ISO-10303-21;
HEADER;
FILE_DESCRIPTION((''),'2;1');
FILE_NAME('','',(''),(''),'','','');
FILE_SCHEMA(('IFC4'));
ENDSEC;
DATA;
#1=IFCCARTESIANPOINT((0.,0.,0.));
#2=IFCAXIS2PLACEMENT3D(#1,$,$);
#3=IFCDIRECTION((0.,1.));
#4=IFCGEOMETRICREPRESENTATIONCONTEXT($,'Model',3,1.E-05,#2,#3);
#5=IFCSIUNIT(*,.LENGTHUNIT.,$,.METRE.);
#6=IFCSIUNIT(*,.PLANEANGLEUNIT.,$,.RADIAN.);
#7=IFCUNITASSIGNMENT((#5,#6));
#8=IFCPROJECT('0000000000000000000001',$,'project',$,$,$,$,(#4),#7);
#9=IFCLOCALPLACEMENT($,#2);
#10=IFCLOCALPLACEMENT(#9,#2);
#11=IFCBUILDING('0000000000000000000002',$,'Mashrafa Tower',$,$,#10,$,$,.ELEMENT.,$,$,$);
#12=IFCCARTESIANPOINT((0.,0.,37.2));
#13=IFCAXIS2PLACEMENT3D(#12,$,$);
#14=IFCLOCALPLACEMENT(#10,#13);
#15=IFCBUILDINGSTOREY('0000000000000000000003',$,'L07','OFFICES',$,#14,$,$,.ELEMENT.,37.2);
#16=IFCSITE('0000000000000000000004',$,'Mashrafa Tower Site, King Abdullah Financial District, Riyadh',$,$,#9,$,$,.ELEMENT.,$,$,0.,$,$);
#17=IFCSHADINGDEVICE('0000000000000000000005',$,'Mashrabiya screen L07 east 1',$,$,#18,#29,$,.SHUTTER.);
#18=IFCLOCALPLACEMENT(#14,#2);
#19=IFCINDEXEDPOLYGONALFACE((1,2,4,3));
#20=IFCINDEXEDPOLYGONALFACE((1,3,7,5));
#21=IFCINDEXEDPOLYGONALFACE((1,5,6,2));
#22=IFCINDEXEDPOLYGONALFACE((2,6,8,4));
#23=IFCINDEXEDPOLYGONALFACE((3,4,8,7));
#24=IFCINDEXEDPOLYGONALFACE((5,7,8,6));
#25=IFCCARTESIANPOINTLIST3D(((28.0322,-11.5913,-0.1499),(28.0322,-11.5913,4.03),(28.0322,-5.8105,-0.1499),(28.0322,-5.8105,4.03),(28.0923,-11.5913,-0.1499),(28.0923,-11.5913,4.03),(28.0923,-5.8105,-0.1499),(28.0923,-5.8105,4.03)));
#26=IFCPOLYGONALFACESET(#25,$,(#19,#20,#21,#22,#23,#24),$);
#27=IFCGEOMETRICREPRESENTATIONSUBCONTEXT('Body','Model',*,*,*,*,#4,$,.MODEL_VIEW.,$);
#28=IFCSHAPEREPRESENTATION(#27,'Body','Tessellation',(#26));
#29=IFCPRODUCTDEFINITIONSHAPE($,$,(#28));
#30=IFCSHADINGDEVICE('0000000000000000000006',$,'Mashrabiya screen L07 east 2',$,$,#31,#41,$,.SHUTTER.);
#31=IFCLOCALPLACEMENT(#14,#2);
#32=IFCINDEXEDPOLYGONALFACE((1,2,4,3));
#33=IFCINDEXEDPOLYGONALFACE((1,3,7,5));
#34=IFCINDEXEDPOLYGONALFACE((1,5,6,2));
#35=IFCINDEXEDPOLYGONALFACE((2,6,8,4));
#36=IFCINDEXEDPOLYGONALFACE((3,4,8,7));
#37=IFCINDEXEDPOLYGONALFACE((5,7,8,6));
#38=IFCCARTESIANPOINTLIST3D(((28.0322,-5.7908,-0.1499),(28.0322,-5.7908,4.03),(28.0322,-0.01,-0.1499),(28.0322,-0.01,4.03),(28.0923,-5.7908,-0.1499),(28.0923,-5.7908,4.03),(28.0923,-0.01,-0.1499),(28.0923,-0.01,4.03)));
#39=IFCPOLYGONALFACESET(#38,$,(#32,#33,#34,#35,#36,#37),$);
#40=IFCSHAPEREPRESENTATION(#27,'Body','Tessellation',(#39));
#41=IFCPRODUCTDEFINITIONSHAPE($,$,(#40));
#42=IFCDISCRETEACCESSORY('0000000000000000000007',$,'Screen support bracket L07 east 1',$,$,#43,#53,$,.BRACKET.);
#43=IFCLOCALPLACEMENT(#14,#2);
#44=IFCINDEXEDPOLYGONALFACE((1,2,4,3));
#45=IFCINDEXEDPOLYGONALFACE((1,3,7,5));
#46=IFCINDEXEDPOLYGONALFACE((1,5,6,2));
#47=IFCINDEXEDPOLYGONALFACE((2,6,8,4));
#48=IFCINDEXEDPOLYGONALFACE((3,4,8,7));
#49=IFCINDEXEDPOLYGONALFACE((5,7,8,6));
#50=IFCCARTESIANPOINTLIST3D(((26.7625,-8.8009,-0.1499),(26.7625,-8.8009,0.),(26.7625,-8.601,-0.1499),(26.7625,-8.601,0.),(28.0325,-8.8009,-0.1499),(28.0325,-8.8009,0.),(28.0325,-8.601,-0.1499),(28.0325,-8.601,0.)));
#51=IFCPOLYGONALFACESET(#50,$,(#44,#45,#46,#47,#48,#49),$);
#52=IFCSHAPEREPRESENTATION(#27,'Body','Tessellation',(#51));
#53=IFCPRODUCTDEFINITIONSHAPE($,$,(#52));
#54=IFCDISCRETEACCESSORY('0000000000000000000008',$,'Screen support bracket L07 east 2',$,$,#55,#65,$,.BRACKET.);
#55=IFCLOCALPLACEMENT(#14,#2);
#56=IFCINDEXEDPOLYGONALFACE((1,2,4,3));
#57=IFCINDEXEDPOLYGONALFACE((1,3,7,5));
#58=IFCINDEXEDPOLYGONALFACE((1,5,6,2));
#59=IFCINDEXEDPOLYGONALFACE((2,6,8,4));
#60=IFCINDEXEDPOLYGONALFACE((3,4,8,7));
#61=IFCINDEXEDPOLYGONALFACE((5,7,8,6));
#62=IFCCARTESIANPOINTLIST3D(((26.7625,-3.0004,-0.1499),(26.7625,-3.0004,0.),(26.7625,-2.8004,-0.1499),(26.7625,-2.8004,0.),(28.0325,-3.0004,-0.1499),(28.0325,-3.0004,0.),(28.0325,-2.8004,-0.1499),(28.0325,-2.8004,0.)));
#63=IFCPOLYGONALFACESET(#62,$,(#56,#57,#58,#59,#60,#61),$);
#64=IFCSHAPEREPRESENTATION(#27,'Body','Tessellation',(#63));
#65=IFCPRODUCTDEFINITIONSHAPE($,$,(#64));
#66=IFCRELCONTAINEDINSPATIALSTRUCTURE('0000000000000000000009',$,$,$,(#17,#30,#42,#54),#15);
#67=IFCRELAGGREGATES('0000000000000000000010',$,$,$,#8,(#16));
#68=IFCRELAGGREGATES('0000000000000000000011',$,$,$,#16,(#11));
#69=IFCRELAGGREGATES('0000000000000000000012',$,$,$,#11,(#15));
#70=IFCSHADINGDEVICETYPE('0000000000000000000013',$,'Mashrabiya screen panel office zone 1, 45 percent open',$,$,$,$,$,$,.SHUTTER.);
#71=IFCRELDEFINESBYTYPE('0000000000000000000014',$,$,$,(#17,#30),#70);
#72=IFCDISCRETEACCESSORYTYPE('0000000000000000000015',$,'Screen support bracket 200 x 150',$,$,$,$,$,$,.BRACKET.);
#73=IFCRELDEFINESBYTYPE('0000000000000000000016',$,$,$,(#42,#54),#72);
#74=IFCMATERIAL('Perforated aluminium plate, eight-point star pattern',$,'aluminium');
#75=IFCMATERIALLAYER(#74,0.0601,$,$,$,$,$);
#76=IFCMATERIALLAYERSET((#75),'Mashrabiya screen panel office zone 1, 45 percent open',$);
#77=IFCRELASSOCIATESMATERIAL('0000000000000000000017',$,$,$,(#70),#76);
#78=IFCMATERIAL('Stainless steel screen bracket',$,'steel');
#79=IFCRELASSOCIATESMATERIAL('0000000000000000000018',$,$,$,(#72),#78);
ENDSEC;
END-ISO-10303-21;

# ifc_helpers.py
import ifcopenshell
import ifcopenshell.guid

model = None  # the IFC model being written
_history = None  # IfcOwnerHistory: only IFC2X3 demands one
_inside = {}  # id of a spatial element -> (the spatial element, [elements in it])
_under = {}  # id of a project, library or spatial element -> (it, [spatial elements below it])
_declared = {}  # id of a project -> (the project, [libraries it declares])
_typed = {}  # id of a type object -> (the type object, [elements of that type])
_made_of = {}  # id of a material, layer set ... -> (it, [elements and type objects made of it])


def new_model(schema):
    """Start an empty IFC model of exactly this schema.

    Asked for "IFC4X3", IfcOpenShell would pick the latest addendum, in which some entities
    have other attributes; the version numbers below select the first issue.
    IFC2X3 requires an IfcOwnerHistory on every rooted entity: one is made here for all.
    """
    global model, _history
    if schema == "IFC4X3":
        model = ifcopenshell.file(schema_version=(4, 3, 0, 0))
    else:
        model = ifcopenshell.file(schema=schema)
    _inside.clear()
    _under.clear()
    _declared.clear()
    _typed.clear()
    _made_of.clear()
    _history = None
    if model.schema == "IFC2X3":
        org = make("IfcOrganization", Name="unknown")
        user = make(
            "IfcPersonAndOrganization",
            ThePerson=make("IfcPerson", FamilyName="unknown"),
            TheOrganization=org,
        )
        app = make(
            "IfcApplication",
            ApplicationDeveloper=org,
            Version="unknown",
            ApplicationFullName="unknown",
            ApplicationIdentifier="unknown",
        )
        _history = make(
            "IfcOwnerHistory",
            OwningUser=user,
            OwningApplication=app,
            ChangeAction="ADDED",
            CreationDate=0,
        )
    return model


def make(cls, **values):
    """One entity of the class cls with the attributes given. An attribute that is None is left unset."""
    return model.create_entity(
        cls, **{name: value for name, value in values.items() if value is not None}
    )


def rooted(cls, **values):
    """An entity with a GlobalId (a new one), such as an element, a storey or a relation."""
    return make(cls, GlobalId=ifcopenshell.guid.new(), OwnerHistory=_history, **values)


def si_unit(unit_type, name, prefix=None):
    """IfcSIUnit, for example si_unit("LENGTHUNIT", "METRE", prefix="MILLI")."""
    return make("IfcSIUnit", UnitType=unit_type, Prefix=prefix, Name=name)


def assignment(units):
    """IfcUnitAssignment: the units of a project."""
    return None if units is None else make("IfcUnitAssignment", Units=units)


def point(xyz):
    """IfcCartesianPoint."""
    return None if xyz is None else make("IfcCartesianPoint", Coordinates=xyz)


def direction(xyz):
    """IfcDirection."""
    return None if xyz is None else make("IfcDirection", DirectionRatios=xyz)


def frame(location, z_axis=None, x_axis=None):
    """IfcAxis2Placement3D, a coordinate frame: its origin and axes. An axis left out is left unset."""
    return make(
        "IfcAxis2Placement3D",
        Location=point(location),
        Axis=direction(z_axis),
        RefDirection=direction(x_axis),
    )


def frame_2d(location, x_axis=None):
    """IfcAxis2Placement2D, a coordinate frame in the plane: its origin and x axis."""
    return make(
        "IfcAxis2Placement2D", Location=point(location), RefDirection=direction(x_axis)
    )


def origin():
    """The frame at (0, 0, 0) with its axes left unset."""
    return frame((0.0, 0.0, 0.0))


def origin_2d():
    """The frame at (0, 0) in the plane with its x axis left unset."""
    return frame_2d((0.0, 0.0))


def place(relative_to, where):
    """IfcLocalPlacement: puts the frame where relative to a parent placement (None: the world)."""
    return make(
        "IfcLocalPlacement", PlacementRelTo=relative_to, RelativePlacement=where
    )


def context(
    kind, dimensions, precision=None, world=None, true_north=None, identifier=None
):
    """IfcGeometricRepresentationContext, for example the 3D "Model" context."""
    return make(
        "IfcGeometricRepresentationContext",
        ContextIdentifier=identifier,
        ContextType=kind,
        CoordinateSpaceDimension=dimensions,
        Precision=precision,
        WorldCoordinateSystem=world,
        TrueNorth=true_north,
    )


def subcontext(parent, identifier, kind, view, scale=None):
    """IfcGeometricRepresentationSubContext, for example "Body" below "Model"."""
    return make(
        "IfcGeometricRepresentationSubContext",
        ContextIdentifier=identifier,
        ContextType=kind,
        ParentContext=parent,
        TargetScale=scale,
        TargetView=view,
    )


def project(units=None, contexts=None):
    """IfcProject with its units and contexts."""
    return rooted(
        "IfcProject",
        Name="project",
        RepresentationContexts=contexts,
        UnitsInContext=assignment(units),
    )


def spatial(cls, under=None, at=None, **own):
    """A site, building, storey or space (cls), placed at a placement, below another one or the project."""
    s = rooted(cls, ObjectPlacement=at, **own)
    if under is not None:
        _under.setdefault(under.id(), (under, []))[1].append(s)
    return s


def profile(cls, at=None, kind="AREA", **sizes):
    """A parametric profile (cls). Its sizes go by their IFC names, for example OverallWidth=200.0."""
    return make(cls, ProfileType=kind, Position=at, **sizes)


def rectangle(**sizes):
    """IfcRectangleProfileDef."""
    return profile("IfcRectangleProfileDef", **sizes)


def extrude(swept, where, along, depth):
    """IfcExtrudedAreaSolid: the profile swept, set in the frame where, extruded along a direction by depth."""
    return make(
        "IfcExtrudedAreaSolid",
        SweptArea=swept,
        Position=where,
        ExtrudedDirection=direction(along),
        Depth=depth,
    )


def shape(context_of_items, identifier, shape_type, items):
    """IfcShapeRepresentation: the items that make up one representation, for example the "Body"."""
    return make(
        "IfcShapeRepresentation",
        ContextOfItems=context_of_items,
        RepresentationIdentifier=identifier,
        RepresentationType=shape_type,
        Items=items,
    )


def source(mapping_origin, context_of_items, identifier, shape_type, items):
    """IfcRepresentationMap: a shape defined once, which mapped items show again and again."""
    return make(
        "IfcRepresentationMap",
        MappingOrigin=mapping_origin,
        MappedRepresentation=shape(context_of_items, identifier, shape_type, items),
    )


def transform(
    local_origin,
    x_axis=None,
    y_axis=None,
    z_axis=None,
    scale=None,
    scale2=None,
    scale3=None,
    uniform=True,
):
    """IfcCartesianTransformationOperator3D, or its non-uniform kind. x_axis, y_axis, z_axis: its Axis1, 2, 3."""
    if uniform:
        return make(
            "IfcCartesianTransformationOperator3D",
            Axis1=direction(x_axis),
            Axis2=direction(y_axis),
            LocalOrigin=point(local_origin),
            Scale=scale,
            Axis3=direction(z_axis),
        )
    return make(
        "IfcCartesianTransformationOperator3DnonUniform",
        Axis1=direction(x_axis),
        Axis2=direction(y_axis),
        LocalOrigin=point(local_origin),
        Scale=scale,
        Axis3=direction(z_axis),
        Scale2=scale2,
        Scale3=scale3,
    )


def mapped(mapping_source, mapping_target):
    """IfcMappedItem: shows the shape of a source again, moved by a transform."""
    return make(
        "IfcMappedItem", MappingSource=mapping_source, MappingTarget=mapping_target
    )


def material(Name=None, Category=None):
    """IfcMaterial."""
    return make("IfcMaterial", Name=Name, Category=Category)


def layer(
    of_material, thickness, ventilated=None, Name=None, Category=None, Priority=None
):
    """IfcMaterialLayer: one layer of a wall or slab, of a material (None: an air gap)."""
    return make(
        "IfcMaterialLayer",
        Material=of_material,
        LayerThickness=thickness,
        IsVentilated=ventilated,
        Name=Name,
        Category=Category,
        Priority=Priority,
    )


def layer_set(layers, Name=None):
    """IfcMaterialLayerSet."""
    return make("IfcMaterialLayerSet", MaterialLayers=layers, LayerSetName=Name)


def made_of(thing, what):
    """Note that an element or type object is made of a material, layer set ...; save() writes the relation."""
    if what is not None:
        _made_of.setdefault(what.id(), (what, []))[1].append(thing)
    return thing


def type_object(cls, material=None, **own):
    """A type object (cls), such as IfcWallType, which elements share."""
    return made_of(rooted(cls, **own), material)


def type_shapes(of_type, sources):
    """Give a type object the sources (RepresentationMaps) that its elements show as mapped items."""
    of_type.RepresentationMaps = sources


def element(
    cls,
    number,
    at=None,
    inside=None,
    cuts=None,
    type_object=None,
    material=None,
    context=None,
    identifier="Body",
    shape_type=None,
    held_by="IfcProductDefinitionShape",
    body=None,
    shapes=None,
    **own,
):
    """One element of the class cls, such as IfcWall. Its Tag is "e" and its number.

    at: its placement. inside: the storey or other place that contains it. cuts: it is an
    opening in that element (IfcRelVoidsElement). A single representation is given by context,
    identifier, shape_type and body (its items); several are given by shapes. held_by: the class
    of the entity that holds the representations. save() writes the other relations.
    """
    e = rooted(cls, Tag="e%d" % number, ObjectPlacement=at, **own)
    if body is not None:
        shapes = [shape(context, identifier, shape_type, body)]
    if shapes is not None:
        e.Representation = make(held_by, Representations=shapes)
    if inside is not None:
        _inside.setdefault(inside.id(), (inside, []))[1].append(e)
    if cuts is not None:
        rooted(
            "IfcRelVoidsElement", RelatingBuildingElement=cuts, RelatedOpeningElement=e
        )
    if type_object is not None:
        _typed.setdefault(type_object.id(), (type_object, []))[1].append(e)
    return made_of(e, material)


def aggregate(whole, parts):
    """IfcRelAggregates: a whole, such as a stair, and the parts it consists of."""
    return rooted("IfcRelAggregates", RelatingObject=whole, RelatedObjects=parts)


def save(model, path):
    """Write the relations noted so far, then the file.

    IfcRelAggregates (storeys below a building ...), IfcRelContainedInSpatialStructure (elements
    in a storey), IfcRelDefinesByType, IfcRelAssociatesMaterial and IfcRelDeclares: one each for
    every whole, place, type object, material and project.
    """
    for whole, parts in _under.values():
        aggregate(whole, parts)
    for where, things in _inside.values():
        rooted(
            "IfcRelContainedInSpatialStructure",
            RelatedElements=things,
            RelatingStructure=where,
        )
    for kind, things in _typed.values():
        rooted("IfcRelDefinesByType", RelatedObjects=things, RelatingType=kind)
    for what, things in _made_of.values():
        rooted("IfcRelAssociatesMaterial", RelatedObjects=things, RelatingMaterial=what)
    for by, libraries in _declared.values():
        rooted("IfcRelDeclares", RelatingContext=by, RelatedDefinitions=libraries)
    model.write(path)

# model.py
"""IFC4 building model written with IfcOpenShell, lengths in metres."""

from ifc_helpers import new_model, si_unit, direction, frame, origin, origin_2d, place, context, subcontext, project, spatial, rectangle, extrude, source, transform, mapped, material, layer, layer_set, type_object, type_shapes, element, save


model = new_model("IFC4")

# Units and contexts
model_context = context("Model", 3, precision=1e-05, world=origin(), true_north=direction((0.0, 1.0)))
body_context = subcontext(model_context, "Body", "Model", "MODEL_VIEW")
ifc_project = project(units=[si_unit("LENGTHUNIT", "METRE"), si_unit("PLANEANGLEUNIT", "RADIAN")], contexts=[model_context])

# Site, building, storey
site_placement = place(None, origin())
site = spatial("IfcSite", under=ifc_project, at=site_placement, Name="Mashrafa Tower Site, King Abdullah Financial District, Riyadh", CompositionType="ELEMENT", RefElevation=0.0)
building_placement = place(site_placement, origin())
building = spatial("IfcBuilding", under=site, at=building_placement, Name="Mashrafa Tower", CompositionType="ELEMENT")
storey_placement = place(building_placement, frame((0.0, 0.0, 37.2)))
storey = spatial("IfcBuildingStorey", under=building, at=storey_placement, Name="L07", Description="OFFICES", CompositionType="ELEMENT", Elevation=37.2)

# Shading devices
ifc_material_1 = material(Name="Perforated aluminium plate, eight-point star pattern", Category="aluminium")
ifc_layer_1 = layer(ifc_material_1, 0.0601)
ifc_layer_set_1 = layer_set([ifc_layer_1], Name="Mashrabiya screen panel office zone 1, 45 percent open")
shading_device_type = type_object("IfcShadingDeviceType", Name="Mashrabiya screen panel office zone 1, 45 percent open", PredefinedType="SHUTTER", material=ifc_layer_set_1)
shared_shape_1 = source(origin(), body_context, "Body", "SweptSolid", [
    extrude(rectangle(XDim=5.7808, YDim=0.0601, at=origin_2d()), origin(), (0.0, 0.0, 1.0), 4.1799),
])
type_shapes(shading_device_type, [shared_shape_1])
for number, where, z_axis, x_axis, name in (
    (1, (28.0623, -8.7009, -0.1499), (0.0, 0.0, 1.0), (0.0, 1.0, 0.0), "Mashrabiya screen L07 east 1"),
    (2, (28.0623, -2.9004, -0.1499), (0.0, 0.0, 1.0), (0.0, 1.0, 0.0), "Mashrabiya screen L07 east 2"),
):
    element("IfcShadingDevice", number, at=place(storey_placement, frame(where, z_axis=z_axis, x_axis=x_axis)), inside=storey, type_object=shading_device_type, Name=name, PredefinedType="SHUTTER", context=body_context, shape_type="MappedRepresentation", body=[
        mapped(shared_shape_1, transform((0.0, 0.0, 0.0))),
    ])

# Discrete accessories
ifc_material_2 = material(Name="Stainless steel screen bracket", Category="steel")
discrete_accessory_type = type_object("IfcDiscreteAccessoryType", Name="Screen support bracket 200 x 150", PredefinedType="BRACKET", material=ifc_material_2)
shared_shape_2 = source(origin(), body_context, "Body", "SweptSolid", [
    extrude(rectangle(XDim=0.2, YDim=1.27, at=origin_2d()), origin(), (0.0, 0.0, 1.0), 0.1499),
])
type_shapes(discrete_accessory_type, [shared_shape_2])
for number, where, z_axis, x_axis, name in (
    (3, (27.3975, -8.7009, -0.1499), (0.0, 0.0, 1.0), (0.0, 1.0, 0.0), "Screen support bracket L07 east 1"),
    (4, (27.3975, -2.9004, -0.1499), (0.0, 0.0, 1.0), (0.0, 1.0, 0.0), "Screen support bracket L07 east 2"),
):
    element("IfcDiscreteAccessory", number, at=place(storey_placement, frame(where, z_axis=z_axis, x_axis=x_axis)), inside=storey, type_object=discrete_accessory_type, Name=name, PredefinedType="BRACKET", context=body_context, shape_type="MappedRepresentation", body=[
        mapped(shared_shape_2, transform((0.0, 0.0, 0.0))),
    ])

save(model, "model.ifc")
